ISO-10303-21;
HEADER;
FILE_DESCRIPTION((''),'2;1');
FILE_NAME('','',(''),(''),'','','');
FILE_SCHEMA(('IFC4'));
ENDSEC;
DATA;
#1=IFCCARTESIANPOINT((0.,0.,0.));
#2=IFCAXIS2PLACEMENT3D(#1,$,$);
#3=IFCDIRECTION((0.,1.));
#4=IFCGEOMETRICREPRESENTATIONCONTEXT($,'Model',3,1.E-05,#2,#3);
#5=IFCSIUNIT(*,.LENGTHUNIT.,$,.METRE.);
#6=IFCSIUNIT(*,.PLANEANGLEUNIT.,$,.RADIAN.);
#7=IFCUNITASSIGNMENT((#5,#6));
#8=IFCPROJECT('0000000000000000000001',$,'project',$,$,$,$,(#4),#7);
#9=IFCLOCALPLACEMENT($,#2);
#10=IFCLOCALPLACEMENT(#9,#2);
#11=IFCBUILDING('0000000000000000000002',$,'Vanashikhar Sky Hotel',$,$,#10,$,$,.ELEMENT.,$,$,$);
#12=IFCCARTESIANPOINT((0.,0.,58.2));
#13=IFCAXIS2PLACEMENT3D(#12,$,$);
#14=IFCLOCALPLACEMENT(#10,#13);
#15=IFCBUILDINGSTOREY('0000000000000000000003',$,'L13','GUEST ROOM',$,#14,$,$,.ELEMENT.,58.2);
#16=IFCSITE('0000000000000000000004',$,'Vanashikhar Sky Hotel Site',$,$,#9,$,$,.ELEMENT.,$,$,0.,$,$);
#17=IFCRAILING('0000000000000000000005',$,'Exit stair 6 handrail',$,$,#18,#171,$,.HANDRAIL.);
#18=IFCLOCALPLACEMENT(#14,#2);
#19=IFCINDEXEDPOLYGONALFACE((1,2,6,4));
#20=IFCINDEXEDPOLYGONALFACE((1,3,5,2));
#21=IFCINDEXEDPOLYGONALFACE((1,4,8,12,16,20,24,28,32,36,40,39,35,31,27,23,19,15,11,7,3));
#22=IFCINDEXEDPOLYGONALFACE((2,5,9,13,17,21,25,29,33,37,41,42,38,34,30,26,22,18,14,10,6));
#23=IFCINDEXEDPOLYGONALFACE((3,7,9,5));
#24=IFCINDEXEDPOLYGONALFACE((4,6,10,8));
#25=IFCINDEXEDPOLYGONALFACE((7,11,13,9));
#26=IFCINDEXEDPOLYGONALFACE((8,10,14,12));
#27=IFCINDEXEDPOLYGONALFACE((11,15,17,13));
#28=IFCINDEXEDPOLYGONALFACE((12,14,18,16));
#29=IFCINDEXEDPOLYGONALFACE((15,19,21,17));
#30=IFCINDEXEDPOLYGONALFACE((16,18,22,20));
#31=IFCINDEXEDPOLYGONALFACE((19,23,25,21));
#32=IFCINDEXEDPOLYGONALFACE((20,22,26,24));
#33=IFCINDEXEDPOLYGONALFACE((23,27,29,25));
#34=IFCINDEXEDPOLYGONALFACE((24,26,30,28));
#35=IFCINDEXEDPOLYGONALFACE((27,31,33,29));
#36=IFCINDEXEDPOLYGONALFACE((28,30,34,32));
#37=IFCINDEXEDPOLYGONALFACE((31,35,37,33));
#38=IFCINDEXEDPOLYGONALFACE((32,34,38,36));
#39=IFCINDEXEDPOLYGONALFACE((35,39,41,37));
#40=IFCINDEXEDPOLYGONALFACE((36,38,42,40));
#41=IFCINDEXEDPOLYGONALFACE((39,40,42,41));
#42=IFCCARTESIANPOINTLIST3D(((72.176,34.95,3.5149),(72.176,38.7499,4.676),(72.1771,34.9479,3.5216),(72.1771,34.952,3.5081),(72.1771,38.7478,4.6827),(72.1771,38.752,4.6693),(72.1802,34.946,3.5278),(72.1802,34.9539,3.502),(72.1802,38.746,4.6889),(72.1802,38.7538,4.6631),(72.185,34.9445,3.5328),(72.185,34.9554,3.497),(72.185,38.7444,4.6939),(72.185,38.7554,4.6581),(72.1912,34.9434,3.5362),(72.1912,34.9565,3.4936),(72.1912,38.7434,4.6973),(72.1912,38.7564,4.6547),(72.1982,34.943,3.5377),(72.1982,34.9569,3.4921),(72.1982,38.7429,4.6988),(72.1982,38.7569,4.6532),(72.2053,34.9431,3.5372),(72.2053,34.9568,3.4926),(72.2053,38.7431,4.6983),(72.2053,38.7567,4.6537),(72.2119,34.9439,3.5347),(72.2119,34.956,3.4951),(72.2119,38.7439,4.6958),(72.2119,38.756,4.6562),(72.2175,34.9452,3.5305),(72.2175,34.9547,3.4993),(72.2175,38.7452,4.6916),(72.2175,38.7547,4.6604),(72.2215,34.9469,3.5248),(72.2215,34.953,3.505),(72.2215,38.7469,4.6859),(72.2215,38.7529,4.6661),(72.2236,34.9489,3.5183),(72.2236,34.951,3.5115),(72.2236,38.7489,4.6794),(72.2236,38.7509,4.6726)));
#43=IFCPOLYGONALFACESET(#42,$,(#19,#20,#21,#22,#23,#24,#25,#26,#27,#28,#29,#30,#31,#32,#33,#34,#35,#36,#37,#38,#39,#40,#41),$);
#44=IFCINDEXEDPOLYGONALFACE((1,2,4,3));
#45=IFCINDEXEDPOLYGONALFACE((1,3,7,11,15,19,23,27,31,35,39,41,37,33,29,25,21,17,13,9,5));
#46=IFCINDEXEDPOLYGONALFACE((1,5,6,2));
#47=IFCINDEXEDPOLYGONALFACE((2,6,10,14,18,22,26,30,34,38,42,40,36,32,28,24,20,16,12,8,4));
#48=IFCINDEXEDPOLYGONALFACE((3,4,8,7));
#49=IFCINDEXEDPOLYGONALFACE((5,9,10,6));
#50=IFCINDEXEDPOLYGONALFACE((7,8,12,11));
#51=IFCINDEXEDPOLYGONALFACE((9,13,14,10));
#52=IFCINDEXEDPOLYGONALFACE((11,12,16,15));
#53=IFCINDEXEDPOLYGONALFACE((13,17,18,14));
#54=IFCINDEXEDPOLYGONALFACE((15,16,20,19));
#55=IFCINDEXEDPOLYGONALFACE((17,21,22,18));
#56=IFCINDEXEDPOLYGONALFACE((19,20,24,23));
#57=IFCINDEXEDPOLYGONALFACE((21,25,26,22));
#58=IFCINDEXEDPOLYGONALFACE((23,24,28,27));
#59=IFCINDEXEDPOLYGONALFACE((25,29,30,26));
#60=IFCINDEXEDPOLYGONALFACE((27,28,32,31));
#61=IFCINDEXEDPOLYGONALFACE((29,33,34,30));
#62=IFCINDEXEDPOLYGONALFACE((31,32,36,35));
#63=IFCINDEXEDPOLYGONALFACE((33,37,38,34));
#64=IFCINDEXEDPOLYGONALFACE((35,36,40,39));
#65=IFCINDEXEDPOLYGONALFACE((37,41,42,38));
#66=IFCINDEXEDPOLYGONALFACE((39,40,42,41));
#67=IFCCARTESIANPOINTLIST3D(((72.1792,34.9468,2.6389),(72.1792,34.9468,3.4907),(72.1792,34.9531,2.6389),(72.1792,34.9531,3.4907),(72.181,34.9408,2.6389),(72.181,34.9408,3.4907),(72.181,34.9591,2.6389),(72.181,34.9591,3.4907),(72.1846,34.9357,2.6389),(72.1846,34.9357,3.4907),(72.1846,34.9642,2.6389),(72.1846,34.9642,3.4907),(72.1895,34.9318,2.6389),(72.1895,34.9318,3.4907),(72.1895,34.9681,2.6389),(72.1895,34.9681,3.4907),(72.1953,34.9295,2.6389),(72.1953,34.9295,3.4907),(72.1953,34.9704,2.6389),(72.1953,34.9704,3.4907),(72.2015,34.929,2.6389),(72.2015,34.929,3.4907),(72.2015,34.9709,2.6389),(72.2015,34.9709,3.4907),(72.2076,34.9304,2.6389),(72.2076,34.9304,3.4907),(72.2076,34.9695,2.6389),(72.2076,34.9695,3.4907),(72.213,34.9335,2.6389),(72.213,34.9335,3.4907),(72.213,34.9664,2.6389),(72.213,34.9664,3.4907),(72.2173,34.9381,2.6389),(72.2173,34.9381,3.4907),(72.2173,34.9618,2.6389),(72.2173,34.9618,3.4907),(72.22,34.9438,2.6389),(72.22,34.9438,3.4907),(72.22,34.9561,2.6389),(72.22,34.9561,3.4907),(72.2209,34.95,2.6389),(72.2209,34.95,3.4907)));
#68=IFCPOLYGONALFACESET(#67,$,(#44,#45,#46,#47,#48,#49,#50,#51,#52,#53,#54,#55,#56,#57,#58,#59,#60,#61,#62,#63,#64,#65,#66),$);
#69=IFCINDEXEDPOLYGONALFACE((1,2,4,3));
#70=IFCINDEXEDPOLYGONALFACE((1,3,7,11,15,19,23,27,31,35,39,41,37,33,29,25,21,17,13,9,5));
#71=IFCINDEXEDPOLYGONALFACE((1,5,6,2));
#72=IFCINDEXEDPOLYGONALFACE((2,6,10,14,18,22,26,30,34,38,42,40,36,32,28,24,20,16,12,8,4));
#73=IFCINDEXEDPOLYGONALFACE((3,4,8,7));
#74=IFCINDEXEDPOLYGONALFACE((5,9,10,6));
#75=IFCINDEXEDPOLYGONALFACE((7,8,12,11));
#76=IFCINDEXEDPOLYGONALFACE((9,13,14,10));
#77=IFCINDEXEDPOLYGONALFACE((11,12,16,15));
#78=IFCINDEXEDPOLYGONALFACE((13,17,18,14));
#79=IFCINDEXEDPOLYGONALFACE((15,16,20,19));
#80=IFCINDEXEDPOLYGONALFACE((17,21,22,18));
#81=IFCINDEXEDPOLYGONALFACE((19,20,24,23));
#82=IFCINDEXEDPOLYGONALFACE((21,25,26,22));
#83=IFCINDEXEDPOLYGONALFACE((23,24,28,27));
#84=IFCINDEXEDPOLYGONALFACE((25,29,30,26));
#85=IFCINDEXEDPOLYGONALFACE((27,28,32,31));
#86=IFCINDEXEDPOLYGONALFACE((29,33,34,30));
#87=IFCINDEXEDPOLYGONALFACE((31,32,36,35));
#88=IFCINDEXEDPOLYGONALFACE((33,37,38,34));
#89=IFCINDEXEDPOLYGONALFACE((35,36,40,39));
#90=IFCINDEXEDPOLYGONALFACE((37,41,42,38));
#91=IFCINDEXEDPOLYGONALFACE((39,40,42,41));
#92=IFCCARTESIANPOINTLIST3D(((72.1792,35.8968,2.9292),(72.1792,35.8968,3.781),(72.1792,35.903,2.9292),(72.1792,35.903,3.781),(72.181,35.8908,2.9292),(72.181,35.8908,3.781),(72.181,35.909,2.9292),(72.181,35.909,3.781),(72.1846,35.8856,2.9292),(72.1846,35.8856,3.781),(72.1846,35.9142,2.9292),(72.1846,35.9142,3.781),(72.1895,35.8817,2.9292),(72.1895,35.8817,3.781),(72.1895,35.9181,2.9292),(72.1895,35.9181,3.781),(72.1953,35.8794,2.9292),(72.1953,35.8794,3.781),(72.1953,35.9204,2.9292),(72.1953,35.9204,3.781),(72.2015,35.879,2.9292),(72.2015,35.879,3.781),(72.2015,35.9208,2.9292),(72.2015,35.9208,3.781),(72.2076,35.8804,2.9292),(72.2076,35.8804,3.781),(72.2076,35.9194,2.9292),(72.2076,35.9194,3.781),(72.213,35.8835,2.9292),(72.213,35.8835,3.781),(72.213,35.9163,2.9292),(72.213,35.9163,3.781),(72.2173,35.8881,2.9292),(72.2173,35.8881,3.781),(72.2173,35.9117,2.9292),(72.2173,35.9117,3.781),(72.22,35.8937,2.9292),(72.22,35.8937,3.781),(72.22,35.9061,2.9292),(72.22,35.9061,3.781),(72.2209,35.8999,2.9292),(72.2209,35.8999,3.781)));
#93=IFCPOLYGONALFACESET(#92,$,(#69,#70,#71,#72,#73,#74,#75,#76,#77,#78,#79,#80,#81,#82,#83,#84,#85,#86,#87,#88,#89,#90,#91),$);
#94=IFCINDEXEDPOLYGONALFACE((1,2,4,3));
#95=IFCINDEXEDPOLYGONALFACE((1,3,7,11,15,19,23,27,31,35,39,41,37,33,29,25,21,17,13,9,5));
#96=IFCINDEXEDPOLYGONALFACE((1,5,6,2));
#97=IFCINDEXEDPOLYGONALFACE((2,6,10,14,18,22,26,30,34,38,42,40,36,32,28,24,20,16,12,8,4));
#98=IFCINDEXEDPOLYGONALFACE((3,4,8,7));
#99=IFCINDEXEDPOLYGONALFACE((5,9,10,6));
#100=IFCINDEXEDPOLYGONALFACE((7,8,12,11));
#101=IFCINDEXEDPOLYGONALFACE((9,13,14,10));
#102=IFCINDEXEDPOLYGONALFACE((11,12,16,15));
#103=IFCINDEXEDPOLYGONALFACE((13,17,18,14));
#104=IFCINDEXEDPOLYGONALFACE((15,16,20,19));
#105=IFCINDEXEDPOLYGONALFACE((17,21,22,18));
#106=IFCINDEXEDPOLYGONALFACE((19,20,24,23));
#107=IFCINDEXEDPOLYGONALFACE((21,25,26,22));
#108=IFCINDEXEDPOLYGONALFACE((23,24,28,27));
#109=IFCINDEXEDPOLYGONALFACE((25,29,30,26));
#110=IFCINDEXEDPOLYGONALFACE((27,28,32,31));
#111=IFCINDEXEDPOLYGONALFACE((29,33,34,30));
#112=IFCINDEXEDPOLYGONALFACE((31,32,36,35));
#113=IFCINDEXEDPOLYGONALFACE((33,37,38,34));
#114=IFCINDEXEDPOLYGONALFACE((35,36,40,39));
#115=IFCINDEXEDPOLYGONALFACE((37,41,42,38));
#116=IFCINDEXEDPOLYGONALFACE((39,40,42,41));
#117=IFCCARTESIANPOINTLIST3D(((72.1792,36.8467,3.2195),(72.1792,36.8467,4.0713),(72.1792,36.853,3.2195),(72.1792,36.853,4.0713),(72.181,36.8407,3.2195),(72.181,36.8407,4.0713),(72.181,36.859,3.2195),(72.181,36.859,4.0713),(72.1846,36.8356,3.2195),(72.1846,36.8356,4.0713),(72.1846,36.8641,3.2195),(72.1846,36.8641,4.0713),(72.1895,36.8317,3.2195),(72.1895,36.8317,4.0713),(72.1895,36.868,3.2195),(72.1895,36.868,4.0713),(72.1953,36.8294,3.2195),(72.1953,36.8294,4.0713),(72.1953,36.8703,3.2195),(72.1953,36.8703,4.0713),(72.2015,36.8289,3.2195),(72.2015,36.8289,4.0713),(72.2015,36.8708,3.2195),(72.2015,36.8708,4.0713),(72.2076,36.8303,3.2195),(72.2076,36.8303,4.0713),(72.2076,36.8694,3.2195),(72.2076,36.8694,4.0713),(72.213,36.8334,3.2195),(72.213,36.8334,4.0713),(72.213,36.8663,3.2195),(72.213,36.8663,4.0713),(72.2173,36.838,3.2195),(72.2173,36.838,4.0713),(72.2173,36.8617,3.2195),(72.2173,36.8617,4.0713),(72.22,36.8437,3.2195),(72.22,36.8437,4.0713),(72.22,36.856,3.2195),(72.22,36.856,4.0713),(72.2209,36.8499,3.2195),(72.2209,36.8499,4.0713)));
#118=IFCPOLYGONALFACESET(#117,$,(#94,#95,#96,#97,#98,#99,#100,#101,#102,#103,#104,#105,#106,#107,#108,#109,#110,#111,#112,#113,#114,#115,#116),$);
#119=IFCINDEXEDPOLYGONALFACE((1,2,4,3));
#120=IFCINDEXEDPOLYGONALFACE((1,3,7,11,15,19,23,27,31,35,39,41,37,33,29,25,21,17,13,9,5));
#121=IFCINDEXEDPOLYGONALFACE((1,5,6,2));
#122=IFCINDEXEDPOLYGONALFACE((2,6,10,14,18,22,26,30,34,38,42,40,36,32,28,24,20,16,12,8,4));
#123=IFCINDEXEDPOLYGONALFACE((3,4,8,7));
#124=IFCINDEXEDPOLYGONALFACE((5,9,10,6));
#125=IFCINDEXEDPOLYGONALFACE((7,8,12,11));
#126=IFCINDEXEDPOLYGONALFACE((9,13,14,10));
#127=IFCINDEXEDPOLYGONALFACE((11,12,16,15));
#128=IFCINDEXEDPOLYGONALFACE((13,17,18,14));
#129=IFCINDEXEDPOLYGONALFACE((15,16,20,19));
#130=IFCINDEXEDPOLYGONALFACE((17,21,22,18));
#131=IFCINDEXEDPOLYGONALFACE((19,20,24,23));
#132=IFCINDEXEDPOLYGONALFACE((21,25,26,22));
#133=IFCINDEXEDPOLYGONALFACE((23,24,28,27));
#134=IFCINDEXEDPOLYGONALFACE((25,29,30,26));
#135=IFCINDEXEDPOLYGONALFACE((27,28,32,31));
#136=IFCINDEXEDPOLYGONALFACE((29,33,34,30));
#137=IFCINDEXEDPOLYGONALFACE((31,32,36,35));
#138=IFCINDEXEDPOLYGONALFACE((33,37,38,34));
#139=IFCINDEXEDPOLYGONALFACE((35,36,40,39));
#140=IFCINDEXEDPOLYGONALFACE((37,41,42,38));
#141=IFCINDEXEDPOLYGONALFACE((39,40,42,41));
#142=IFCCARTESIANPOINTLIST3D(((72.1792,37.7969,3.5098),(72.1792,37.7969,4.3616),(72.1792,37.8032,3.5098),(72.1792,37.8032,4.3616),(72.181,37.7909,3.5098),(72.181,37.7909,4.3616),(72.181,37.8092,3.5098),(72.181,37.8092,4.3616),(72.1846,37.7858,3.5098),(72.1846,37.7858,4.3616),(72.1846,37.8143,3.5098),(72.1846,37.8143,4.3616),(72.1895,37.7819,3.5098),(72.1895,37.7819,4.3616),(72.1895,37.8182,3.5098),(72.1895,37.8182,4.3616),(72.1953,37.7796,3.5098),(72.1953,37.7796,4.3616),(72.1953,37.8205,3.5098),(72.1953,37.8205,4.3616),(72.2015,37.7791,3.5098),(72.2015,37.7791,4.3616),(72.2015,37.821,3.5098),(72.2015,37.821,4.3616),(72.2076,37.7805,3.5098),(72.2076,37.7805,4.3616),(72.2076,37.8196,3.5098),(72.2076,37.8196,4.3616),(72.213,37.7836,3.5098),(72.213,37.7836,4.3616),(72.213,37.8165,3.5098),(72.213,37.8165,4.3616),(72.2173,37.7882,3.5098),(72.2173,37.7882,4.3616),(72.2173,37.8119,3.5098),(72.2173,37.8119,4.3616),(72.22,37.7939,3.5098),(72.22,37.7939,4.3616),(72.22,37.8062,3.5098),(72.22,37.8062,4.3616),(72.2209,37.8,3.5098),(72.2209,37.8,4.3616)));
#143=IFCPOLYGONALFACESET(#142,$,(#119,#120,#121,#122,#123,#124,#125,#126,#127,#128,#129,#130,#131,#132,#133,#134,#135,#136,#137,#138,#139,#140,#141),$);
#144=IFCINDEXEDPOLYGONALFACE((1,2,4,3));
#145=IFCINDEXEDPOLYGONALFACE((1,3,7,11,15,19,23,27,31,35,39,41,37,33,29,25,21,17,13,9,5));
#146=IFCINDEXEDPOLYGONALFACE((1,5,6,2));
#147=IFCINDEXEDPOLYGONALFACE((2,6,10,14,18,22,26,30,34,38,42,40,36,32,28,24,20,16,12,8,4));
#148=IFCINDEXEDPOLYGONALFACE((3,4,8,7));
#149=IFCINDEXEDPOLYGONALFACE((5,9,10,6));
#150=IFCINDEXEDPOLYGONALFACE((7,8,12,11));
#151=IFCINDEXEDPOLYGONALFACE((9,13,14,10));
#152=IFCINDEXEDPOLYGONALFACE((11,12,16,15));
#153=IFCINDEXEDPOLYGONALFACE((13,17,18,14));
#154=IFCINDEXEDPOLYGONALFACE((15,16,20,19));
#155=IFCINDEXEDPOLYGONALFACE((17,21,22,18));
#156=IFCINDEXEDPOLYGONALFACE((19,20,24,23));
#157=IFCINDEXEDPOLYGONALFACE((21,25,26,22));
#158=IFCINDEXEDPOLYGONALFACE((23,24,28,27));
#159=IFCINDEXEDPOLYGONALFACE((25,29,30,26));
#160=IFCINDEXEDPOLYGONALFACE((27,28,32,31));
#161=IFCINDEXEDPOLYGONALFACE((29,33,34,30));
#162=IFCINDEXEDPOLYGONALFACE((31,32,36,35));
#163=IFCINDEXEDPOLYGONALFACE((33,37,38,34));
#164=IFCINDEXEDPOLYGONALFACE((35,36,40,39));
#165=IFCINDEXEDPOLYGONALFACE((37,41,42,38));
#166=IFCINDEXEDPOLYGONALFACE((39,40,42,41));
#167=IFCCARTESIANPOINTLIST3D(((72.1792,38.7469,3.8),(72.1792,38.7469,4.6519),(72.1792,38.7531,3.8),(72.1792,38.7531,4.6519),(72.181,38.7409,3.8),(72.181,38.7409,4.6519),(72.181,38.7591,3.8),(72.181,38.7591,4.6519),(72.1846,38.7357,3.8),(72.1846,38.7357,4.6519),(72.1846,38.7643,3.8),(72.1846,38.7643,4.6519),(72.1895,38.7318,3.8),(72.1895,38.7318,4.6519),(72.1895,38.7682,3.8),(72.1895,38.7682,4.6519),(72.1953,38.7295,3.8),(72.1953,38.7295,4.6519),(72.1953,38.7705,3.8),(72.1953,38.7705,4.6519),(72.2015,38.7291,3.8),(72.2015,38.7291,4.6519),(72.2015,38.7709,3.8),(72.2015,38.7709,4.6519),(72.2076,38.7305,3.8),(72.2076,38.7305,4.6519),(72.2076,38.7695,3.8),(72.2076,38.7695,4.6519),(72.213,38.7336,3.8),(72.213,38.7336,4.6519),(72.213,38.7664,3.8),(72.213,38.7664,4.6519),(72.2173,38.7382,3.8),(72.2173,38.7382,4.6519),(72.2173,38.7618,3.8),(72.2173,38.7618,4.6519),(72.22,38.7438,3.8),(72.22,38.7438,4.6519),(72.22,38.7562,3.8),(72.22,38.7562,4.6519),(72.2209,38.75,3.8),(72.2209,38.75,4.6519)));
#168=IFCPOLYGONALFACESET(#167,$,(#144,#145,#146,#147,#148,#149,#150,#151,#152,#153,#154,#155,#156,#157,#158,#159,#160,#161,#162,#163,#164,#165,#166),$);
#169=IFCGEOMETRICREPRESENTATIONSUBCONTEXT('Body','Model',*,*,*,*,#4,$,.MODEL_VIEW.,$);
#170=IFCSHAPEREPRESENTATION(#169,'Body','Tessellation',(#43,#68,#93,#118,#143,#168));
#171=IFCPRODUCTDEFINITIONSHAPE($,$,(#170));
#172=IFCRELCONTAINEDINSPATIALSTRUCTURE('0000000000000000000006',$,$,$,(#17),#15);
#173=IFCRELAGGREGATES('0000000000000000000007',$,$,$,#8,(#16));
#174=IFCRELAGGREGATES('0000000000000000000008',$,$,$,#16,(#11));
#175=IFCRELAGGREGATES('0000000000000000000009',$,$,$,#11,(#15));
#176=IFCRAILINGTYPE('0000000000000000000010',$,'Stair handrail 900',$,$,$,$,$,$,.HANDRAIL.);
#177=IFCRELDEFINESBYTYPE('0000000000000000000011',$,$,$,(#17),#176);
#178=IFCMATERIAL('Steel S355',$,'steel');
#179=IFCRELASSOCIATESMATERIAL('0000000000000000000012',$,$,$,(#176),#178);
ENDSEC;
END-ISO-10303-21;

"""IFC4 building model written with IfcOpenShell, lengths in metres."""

from ifc_helpers import new_model, si_unit, direction, frame, origin, origin_2d, place, context, subcontext, project, spatial, circle, extrude, source, transform, mapped, material, type_object, element, save


model = new_model("IFC4")

# Units and contexts
model_context = context("Model", 3, precision=1e-05, world=origin(), true_north=direction((0.0, 1.0)))
body_context = subcontext(model_context, "Body", "Model", "MODEL_VIEW")
ifc_project = project(units=[si_unit("LENGTHUNIT", "METRE"), si_unit("PLANEANGLEUNIT", "RADIAN")], contexts=[model_context])

# Site, building, storey
site_placement = place(None, origin())
site = spatial("IfcSite", under=ifc_project, at=site_placement, Name="Vanashikhar Sky Hotel Site", CompositionType="ELEMENT", RefElevation=0.0)
building_placement = place(site_placement, origin())
building = spatial("IfcBuilding", under=site, at=building_placement, Name="Vanashikhar Sky Hotel", CompositionType="ELEMENT")
storey_placement = place(building_placement, frame((0.0, 0.0, 58.2)))
storey = spatial("IfcBuildingStorey", under=building, at=storey_placement, Name="L13", Description="GUEST ROOM", CompositionType="ELEMENT", Elevation=58.2)

# Railing
ifc_material_1 = material(Name="Steel S355", Category="steel")
railing_type_1 = type_object("IfcRailingType", Name="Stair handrail 900", PredefinedType="HANDRAIL", material=ifc_material_1)
shared_shape_1 = source(origin(), body_context, "Body", "SweptSolid", [
    extrude(circle(Radius=0.0239, at=origin_2d()), frame((0.0, 0.0, 0.876), z_axis=(0.0, 0.956351, 0.29222), x_axis=(-1.0, 0.0, 0.0)), (0.0, 0.0, 1.0), 3.9734),
    extrude(circle(Radius=0.021, at=origin_2d()), origin(), (0.0, 0.0, 1.0), 0.8518),
    extrude(circle(Radius=0.021, at=origin_2d()), frame((0.0, 0.95, 0.2903)), (0.0, 0.0, 1.0), 0.8518),
    extrude(circle(Radius=0.021, at=origin_2d()), frame((0.0, 1.8999, 0.5806)), (0.0, 0.0, 1.0), 0.8518),
    extrude(circle(Radius=0.021, at=origin_2d()), frame((0.0, 2.8501, 0.8708)), (0.0, 0.0, 1.0), 0.8518),
    extrude(circle(Radius=0.021, at=origin_2d()), frame((0.0, 3.8, 1.1611)), (0.0, 0.0, 1.0), 0.8518),
])
for number, where, name in (
    (1, (72.2, 34.95, 2.6389), "Exit stair 6 handrail"),
):
    element("IfcRailing", number, at=place(storey_placement, frame(where)), inside=storey, type_object=railing_type_1, Name=name, PredefinedType="HANDRAIL", context=body_context, shape_type="MappedRepresentation", body=[
        mapped(shared_shape_1, transform((0.0, 0.0, 0.0), scale=1.0)),
    ])

save(model, "model.ifc")
